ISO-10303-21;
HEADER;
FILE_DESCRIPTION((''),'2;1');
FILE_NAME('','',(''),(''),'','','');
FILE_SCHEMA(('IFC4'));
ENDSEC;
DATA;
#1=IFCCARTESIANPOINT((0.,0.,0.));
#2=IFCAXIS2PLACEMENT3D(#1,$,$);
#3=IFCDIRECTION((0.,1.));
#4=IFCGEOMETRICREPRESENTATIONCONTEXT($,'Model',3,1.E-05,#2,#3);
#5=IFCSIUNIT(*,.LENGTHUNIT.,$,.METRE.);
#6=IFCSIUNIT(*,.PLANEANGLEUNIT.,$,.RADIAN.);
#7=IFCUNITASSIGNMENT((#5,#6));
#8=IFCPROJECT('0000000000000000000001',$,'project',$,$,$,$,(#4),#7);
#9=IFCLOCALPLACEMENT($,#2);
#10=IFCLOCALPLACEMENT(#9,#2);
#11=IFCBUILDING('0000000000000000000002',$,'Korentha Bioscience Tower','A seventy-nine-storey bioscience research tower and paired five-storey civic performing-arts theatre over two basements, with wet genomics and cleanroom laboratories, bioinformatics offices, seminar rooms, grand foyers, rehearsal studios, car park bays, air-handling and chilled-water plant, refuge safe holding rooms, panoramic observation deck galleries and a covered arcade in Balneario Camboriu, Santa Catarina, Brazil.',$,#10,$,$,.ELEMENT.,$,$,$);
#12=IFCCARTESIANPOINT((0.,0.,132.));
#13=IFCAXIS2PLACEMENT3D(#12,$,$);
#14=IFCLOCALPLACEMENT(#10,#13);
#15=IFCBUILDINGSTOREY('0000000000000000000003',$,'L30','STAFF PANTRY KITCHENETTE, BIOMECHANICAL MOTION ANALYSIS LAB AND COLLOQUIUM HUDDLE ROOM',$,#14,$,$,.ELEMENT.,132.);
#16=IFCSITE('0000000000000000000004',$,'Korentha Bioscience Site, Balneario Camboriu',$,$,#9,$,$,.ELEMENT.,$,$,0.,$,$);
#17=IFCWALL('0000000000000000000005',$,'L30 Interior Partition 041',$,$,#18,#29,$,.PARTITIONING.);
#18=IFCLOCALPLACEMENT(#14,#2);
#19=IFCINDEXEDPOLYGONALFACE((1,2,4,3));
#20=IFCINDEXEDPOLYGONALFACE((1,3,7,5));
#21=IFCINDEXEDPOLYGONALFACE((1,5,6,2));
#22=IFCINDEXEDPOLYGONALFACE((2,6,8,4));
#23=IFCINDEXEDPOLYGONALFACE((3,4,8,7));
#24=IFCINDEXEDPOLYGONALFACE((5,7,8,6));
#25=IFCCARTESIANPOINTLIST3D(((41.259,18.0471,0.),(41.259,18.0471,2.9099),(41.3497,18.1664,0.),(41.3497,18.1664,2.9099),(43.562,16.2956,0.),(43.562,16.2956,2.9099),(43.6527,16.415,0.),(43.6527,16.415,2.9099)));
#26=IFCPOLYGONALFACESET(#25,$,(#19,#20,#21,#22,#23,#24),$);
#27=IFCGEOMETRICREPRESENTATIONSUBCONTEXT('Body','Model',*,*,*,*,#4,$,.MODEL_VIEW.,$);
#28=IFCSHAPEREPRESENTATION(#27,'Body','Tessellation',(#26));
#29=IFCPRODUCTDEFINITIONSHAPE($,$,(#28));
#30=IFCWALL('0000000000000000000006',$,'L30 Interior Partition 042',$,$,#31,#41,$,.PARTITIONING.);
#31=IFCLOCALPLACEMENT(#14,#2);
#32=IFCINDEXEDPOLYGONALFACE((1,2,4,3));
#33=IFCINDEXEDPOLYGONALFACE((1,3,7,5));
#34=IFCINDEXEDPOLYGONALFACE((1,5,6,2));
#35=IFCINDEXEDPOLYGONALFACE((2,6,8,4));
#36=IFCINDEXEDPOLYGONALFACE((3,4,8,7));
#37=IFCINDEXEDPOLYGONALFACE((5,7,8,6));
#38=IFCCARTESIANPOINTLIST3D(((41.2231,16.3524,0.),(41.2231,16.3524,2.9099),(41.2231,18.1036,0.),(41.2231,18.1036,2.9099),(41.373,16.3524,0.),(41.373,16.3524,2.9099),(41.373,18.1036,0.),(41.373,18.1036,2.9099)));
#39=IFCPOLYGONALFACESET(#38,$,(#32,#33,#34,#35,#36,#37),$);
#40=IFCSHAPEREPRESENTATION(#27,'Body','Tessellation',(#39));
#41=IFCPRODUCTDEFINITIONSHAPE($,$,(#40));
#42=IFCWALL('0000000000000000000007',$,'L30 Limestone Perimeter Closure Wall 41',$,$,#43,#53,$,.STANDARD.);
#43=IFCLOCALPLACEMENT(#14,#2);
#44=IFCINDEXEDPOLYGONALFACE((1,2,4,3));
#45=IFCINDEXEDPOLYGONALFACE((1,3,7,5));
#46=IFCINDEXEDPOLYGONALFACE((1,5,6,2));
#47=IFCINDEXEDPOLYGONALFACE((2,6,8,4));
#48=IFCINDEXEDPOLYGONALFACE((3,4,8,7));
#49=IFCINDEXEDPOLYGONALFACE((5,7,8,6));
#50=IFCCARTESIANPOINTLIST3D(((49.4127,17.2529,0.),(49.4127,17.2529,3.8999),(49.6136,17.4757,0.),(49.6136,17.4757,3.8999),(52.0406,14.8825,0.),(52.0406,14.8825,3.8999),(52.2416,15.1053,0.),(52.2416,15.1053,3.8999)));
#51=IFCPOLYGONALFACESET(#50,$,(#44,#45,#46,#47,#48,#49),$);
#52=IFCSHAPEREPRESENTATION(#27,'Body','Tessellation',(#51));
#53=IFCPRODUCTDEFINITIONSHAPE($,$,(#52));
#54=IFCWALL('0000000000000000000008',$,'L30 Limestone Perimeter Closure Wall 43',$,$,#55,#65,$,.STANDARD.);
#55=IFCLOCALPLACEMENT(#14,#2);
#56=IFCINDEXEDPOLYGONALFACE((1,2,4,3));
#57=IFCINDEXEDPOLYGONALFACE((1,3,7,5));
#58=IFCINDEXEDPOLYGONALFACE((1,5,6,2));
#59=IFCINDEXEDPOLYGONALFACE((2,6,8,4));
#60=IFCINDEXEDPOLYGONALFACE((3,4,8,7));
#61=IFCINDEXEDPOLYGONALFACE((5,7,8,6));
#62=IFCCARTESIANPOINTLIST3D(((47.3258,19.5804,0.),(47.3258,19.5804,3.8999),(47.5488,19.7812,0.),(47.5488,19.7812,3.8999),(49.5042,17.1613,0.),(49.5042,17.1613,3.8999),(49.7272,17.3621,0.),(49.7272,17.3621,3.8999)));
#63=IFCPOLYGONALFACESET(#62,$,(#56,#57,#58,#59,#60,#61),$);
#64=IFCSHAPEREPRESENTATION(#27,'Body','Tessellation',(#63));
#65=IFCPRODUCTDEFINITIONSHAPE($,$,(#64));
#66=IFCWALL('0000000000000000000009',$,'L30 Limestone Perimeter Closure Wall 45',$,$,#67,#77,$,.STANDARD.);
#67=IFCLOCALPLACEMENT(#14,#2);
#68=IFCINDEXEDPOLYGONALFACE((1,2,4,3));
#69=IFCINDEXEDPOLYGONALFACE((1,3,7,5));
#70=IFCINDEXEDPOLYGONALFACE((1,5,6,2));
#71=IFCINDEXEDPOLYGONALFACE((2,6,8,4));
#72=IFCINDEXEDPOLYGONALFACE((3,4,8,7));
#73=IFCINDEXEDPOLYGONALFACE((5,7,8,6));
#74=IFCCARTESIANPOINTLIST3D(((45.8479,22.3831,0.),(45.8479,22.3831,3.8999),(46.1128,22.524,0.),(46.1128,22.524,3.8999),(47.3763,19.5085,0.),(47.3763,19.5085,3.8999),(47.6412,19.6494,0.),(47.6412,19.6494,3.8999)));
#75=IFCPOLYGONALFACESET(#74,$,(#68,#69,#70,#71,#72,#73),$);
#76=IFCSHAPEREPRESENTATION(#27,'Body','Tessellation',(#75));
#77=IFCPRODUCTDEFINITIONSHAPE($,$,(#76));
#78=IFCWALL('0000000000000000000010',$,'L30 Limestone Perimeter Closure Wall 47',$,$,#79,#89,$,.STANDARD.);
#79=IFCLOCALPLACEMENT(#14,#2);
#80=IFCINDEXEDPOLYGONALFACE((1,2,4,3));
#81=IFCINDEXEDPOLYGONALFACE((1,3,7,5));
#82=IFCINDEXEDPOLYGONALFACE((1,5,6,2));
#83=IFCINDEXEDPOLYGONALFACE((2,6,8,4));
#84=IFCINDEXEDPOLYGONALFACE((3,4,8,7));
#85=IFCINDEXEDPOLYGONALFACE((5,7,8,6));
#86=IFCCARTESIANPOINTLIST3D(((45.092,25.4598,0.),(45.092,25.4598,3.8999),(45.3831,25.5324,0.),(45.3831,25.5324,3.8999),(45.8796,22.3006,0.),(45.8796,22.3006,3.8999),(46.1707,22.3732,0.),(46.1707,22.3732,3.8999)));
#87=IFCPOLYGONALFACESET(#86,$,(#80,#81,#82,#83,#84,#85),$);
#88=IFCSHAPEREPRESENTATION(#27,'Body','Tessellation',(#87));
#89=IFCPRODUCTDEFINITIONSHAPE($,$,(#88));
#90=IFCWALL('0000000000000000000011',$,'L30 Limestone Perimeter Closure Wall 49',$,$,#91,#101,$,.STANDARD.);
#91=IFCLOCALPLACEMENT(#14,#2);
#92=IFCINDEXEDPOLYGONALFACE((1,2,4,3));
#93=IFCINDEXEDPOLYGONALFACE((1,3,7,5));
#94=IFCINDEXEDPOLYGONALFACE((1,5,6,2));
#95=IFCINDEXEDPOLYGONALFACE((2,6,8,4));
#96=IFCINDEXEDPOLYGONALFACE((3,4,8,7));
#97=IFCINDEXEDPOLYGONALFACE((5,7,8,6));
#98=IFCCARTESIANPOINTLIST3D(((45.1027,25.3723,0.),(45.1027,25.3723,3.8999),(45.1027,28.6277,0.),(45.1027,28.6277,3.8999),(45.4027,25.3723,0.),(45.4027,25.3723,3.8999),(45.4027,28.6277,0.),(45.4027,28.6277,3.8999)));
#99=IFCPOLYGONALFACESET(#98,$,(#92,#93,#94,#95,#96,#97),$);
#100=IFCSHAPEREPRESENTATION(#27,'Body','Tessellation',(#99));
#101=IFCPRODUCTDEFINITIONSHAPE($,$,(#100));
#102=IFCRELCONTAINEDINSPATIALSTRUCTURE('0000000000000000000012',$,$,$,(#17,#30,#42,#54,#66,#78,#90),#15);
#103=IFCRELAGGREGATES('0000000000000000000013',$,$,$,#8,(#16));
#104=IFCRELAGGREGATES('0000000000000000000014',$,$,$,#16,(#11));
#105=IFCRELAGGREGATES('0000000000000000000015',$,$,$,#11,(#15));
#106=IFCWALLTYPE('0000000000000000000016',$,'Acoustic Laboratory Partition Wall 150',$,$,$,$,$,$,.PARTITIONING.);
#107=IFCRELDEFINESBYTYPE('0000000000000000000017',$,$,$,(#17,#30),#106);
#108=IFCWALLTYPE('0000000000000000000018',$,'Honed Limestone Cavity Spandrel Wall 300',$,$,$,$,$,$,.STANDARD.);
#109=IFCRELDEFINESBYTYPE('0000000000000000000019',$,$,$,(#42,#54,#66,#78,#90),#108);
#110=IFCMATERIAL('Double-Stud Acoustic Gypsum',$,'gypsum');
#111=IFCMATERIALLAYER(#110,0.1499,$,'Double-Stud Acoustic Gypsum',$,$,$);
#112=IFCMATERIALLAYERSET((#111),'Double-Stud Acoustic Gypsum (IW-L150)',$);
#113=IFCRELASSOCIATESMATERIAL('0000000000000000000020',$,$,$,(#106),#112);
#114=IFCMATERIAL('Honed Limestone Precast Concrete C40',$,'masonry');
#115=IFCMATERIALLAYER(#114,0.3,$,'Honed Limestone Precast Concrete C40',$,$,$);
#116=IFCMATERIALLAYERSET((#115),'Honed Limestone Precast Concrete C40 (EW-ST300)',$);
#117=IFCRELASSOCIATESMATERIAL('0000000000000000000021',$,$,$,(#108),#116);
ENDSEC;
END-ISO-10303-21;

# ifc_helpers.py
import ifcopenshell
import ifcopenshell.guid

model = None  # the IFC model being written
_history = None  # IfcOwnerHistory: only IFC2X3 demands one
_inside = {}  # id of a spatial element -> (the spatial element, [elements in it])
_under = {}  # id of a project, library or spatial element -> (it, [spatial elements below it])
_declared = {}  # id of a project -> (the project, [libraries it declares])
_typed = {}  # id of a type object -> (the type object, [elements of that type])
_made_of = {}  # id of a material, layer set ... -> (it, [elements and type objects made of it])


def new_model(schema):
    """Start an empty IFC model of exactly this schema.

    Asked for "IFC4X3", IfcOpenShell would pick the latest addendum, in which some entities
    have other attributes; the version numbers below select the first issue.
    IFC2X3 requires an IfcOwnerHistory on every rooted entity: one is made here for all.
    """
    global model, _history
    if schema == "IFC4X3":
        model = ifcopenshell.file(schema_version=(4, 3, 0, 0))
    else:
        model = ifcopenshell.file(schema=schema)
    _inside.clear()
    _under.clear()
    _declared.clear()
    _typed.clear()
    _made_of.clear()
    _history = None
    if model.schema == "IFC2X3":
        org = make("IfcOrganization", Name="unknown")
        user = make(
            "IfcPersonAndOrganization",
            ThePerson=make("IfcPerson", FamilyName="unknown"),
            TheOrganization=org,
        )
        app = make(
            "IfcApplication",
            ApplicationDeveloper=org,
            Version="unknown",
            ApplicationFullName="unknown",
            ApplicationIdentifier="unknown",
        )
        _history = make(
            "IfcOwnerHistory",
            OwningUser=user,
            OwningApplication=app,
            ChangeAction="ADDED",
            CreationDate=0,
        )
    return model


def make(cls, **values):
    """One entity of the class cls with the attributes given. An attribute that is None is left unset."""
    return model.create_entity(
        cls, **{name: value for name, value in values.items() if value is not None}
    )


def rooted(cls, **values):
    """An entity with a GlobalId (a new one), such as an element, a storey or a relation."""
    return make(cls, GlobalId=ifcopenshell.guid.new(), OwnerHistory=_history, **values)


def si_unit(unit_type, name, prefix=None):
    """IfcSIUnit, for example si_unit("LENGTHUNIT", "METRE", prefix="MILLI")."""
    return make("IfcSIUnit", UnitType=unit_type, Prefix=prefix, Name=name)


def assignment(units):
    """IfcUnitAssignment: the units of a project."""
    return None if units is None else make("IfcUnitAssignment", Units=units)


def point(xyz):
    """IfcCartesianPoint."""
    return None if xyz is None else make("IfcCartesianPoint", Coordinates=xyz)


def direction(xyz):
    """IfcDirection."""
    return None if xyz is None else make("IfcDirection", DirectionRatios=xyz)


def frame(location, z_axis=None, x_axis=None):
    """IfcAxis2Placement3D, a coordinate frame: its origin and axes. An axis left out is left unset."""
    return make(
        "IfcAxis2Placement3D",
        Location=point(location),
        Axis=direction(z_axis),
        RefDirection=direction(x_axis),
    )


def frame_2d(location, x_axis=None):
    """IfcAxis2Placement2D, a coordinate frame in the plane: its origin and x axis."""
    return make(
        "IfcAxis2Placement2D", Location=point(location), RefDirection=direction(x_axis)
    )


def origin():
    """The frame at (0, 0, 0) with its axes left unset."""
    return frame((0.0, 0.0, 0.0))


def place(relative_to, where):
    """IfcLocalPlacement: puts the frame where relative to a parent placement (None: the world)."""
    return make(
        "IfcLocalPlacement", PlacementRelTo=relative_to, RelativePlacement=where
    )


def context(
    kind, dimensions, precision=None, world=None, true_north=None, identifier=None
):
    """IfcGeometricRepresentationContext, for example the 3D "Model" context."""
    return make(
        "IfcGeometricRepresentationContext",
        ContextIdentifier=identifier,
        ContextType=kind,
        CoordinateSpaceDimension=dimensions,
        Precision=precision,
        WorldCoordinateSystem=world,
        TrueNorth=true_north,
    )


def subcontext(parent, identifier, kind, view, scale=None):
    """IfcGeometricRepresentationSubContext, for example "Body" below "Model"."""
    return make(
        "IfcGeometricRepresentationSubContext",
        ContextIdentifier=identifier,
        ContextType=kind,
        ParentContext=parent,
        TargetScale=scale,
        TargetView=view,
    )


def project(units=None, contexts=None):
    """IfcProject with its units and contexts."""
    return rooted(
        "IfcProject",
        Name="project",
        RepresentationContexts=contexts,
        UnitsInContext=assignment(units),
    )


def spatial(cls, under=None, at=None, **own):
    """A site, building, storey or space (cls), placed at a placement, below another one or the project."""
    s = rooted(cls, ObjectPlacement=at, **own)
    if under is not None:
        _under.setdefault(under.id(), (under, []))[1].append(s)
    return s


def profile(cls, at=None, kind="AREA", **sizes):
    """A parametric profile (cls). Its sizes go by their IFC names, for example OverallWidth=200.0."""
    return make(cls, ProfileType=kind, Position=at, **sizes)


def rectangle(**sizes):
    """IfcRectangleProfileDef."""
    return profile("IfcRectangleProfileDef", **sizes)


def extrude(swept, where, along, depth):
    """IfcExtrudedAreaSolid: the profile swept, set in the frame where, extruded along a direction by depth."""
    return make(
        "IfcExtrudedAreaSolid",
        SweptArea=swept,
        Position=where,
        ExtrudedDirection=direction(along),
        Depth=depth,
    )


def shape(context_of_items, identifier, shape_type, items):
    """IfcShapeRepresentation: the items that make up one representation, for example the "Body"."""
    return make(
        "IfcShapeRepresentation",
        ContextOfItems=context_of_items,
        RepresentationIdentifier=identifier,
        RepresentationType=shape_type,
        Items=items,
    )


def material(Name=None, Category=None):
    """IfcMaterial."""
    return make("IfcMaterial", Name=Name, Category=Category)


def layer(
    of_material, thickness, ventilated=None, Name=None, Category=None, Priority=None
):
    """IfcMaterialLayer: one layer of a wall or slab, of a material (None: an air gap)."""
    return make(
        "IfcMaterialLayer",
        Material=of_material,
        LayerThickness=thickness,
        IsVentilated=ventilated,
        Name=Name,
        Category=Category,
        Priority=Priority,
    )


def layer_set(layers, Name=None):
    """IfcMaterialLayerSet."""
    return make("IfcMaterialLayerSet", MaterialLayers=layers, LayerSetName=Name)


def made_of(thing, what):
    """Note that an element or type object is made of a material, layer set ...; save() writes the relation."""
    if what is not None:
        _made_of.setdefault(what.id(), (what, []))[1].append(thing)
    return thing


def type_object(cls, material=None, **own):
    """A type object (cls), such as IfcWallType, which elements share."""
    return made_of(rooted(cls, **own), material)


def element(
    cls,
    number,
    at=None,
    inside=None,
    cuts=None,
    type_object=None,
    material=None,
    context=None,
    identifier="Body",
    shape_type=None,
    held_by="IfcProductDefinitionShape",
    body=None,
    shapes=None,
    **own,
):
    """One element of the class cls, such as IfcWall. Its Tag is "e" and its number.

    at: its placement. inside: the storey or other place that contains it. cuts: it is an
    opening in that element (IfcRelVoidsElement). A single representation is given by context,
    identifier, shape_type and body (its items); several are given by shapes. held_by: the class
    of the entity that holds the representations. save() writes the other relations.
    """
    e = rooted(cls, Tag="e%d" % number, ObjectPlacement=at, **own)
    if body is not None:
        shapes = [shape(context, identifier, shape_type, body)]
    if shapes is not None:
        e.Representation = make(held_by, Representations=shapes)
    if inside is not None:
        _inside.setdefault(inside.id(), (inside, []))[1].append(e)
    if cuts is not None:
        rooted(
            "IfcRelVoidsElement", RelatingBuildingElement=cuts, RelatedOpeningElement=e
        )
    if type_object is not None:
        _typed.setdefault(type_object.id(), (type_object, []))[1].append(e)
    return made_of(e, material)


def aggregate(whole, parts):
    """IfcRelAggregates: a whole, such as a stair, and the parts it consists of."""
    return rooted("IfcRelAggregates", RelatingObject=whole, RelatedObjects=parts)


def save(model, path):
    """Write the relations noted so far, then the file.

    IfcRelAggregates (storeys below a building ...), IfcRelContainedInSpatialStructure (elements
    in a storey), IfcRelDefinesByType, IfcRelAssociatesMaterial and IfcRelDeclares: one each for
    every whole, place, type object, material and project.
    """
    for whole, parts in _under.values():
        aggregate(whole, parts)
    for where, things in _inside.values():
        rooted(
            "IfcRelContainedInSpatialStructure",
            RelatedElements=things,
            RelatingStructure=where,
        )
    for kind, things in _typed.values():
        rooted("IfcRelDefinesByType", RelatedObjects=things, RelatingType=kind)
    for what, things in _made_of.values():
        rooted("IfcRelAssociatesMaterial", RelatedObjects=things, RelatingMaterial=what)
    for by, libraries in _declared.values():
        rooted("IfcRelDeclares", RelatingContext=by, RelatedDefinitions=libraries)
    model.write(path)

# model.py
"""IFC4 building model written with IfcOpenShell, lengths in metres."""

from ifc_helpers import new_model, si_unit, direction, frame, frame_2d, origin, place, context, subcontext, project, spatial, rectangle, extrude, material, layer, layer_set, type_object, element, save


model = new_model("IFC4")

# Units and contexts
model_context = context("Model", 3, precision=1e-05, world=origin(), true_north=direction((0.0, 1.0)))
body_context = subcontext(model_context, "Body", "Model", "MODEL_VIEW")
ifc_project = project(units=[si_unit("LENGTHUNIT", "METRE"), si_unit("PLANEANGLEUNIT", "RADIAN")], contexts=[model_context])

# Site, building, storey
site_placement = place(None, origin())
site = spatial("IfcSite", under=ifc_project, at=site_placement, Name="Korentha Bioscience Site, Balneario Camboriu", CompositionType="ELEMENT", RefElevation=0.0)
building_placement = place(site_placement, origin())
building = spatial("IfcBuilding", under=site, at=building_placement, Name="Korentha Bioscience Tower", Description="A seventy-nine-storey bioscience research tower and paired five-storey civic performing-arts theatre over two basements, with wet genomics and cleanroom laboratories, bioinformatics offices, seminar rooms, grand foyers, rehearsal studios, car park bays, air-handling and chilled-water plant, refuge safe holding rooms, panoramic observation deck galleries and a covered arcade in Balneario Camboriu, Santa Catarina, Brazil.", CompositionType="ELEMENT")
storey_placement = place(building_placement, frame((0.0, 0.0, 132.0)))
storey = spatial("IfcBuildingStorey", under=building, at=storey_placement, Name="L30", Description="STAFF PANTRY KITCHENETTE, BIOMECHANICAL MOTION ANALYSIS LAB AND COLLOQUIUM HUDDLE ROOM", CompositionType="ELEMENT", Elevation=132.0)

# Walls
ifc_material_1 = material(Name="Double-Stud Acoustic Gypsum", Category="gypsum")
ifc_layer_1 = layer(ifc_material_1, 0.1499, Name="Double-Stud Acoustic Gypsum")
ifc_layer_set_1 = layer_set([ifc_layer_1], Name="Double-Stud Acoustic Gypsum (IW-L150)")
wall_type_1 = type_object("IfcWallType", Name="Acoustic Laboratory Partition Wall 150", PredefinedType="PARTITIONING", material=ifc_layer_set_1)
wall_1_placement = place(storey_placement, frame((43.6074, 16.3552, 0.0), z_axis=(0.0, 0.0, 1.0), x_axis=(-0.795962, 0.605346, 0.0)))
element("IfcWall", 1, at=wall_1_placement, inside=storey, type_object=wall_type_1, Name="L30 Interior Partition 041", PredefinedType="PARTITIONING", context=body_context, shape_type="SweptSolid", body=[
    extrude(rectangle(XDim=2.8933, YDim=0.1499, at=frame_2d((1.4468, 0.0))), origin(), (0.0, 0.0, 1.0), 2.9099),
])
wall_2_placement = place(storey_placement, frame((41.2981, 18.1035, 0.0), z_axis=(0.0, 0.0, 1.0), x_axis=(0.0, -1.0, 0.0)))
element("IfcWall", 2, at=wall_2_placement, inside=storey, type_object=wall_type_1, Name="L30 Interior Partition 042", PredefinedType="PARTITIONING", context=body_context, shape_type="SweptSolid", body=[
    extrude(rectangle(XDim=1.7512, YDim=0.1499, at=frame_2d((0.8755, 0.0))), origin(), (0.0, 0.0, 1.0), 2.9099),
])
ifc_material_2 = material(Name="Honed Limestone Precast Concrete C40", Category="masonry")
ifc_layer_2 = layer(ifc_material_2, 0.3, Name="Honed Limestone Precast Concrete C40")
ifc_layer_set_2 = layer_set([ifc_layer_2], Name="Honed Limestone Precast Concrete C40 (EW-ST300)")
wall_type_2 = type_object("IfcWallType", Name="Honed Limestone Cavity Spandrel Wall 300", PredefinedType="STANDARD", material=ifc_layer_set_2)
wall_3_placement = place(storey_placement, frame((52.1411, 14.9939, 0.0), z_axis=(0.0, 0.0, 1.0), x_axis=(-0.74256, 0.66978, 0.0)))
element("IfcWall", 3, at=wall_3_placement, inside=storey, type_object=wall_type_2, Name="L30 Limestone Perimeter Closure Wall 41", PredefinedType="STANDARD", context=body_context, shape_type="SweptSolid", body=[
    extrude(rectangle(XDim=3.5391, YDim=0.3, at=frame_2d((1.7695, 0.0))), origin(), (0.0, 0.0, 1.0), 3.8999),
])
wall_4_placement = place(storey_placement, frame((49.6157, 17.2617, 0.0), z_axis=(0.0, 0.0, 1.0), x_axis=(-0.669168, 0.743111, 0.0)))
element("IfcWall", 4, at=wall_4_placement, inside=storey, type_object=wall_type_2, Name="L30 Limestone Perimeter Closure Wall 43", PredefinedType="STANDARD", context=body_context, shape_type="SweptSolid", body=[
    extrude(rectangle(XDim=3.2554, YDim=0.3, at=frame_2d((1.6277, 0.0))), origin(), (0.0, 0.0, 1.0), 3.8999),
])
wall_5_placement = place(storey_placement, frame((47.5088, 19.5789, 0.0), z_axis=(0.0, 0.0, 1.0), x_axis=(-0.469451, 0.882958, 0.0)))
element("IfcWall", 5, at=wall_5_placement, inside=storey, type_object=wall_type_2, Name="L30 Limestone Perimeter Closure Wall 45", PredefinedType="STANDARD", context=body_context, shape_type="SweptSolid", body=[
    extrude(rectangle(XDim=3.2556, YDim=0.3, at=frame_2d((1.6279, 0.0))), origin(), (0.0, 0.0, 1.0), 3.8999),
])
wall_6_placement = place(storey_placement, frame((46.0251, 22.3369, 0.0), z_axis=(0.0, 0.0, 1.0), x_axis=(-0.2419, 0.970301, 0.0)))
element("IfcWall", 6, at=wall_6_placement, inside=storey, type_object=wall_type_2, Name="L30 Limestone Perimeter Closure Wall 47", PredefinedType="STANDARD", context=body_context, shape_type="SweptSolid", body=[
    extrude(rectangle(XDim=3.2559, YDim=0.3, at=frame_2d((1.6279, 0.0))), origin(), (0.0, 0.0, 1.0), 3.8999),
])
wall_7_placement = place(storey_placement, frame((45.2527, 25.3723, 0.0), z_axis=(0.0, 0.0, 1.0), x_axis=(0.0, 1.0, 0.0)))
element("IfcWall", 7, at=wall_7_placement, inside=storey, type_object=wall_type_2, Name="L30 Limestone Perimeter Closure Wall 49", PredefinedType="STANDARD", context=body_context, shape_type="SweptSolid", body=[
    extrude(rectangle(XDim=3.2554, YDim=0.3, at=frame_2d((1.6277, 0.0))), origin(), (0.0, 0.0, 1.0), 3.8999),
])

save(model, "model.ifc")
